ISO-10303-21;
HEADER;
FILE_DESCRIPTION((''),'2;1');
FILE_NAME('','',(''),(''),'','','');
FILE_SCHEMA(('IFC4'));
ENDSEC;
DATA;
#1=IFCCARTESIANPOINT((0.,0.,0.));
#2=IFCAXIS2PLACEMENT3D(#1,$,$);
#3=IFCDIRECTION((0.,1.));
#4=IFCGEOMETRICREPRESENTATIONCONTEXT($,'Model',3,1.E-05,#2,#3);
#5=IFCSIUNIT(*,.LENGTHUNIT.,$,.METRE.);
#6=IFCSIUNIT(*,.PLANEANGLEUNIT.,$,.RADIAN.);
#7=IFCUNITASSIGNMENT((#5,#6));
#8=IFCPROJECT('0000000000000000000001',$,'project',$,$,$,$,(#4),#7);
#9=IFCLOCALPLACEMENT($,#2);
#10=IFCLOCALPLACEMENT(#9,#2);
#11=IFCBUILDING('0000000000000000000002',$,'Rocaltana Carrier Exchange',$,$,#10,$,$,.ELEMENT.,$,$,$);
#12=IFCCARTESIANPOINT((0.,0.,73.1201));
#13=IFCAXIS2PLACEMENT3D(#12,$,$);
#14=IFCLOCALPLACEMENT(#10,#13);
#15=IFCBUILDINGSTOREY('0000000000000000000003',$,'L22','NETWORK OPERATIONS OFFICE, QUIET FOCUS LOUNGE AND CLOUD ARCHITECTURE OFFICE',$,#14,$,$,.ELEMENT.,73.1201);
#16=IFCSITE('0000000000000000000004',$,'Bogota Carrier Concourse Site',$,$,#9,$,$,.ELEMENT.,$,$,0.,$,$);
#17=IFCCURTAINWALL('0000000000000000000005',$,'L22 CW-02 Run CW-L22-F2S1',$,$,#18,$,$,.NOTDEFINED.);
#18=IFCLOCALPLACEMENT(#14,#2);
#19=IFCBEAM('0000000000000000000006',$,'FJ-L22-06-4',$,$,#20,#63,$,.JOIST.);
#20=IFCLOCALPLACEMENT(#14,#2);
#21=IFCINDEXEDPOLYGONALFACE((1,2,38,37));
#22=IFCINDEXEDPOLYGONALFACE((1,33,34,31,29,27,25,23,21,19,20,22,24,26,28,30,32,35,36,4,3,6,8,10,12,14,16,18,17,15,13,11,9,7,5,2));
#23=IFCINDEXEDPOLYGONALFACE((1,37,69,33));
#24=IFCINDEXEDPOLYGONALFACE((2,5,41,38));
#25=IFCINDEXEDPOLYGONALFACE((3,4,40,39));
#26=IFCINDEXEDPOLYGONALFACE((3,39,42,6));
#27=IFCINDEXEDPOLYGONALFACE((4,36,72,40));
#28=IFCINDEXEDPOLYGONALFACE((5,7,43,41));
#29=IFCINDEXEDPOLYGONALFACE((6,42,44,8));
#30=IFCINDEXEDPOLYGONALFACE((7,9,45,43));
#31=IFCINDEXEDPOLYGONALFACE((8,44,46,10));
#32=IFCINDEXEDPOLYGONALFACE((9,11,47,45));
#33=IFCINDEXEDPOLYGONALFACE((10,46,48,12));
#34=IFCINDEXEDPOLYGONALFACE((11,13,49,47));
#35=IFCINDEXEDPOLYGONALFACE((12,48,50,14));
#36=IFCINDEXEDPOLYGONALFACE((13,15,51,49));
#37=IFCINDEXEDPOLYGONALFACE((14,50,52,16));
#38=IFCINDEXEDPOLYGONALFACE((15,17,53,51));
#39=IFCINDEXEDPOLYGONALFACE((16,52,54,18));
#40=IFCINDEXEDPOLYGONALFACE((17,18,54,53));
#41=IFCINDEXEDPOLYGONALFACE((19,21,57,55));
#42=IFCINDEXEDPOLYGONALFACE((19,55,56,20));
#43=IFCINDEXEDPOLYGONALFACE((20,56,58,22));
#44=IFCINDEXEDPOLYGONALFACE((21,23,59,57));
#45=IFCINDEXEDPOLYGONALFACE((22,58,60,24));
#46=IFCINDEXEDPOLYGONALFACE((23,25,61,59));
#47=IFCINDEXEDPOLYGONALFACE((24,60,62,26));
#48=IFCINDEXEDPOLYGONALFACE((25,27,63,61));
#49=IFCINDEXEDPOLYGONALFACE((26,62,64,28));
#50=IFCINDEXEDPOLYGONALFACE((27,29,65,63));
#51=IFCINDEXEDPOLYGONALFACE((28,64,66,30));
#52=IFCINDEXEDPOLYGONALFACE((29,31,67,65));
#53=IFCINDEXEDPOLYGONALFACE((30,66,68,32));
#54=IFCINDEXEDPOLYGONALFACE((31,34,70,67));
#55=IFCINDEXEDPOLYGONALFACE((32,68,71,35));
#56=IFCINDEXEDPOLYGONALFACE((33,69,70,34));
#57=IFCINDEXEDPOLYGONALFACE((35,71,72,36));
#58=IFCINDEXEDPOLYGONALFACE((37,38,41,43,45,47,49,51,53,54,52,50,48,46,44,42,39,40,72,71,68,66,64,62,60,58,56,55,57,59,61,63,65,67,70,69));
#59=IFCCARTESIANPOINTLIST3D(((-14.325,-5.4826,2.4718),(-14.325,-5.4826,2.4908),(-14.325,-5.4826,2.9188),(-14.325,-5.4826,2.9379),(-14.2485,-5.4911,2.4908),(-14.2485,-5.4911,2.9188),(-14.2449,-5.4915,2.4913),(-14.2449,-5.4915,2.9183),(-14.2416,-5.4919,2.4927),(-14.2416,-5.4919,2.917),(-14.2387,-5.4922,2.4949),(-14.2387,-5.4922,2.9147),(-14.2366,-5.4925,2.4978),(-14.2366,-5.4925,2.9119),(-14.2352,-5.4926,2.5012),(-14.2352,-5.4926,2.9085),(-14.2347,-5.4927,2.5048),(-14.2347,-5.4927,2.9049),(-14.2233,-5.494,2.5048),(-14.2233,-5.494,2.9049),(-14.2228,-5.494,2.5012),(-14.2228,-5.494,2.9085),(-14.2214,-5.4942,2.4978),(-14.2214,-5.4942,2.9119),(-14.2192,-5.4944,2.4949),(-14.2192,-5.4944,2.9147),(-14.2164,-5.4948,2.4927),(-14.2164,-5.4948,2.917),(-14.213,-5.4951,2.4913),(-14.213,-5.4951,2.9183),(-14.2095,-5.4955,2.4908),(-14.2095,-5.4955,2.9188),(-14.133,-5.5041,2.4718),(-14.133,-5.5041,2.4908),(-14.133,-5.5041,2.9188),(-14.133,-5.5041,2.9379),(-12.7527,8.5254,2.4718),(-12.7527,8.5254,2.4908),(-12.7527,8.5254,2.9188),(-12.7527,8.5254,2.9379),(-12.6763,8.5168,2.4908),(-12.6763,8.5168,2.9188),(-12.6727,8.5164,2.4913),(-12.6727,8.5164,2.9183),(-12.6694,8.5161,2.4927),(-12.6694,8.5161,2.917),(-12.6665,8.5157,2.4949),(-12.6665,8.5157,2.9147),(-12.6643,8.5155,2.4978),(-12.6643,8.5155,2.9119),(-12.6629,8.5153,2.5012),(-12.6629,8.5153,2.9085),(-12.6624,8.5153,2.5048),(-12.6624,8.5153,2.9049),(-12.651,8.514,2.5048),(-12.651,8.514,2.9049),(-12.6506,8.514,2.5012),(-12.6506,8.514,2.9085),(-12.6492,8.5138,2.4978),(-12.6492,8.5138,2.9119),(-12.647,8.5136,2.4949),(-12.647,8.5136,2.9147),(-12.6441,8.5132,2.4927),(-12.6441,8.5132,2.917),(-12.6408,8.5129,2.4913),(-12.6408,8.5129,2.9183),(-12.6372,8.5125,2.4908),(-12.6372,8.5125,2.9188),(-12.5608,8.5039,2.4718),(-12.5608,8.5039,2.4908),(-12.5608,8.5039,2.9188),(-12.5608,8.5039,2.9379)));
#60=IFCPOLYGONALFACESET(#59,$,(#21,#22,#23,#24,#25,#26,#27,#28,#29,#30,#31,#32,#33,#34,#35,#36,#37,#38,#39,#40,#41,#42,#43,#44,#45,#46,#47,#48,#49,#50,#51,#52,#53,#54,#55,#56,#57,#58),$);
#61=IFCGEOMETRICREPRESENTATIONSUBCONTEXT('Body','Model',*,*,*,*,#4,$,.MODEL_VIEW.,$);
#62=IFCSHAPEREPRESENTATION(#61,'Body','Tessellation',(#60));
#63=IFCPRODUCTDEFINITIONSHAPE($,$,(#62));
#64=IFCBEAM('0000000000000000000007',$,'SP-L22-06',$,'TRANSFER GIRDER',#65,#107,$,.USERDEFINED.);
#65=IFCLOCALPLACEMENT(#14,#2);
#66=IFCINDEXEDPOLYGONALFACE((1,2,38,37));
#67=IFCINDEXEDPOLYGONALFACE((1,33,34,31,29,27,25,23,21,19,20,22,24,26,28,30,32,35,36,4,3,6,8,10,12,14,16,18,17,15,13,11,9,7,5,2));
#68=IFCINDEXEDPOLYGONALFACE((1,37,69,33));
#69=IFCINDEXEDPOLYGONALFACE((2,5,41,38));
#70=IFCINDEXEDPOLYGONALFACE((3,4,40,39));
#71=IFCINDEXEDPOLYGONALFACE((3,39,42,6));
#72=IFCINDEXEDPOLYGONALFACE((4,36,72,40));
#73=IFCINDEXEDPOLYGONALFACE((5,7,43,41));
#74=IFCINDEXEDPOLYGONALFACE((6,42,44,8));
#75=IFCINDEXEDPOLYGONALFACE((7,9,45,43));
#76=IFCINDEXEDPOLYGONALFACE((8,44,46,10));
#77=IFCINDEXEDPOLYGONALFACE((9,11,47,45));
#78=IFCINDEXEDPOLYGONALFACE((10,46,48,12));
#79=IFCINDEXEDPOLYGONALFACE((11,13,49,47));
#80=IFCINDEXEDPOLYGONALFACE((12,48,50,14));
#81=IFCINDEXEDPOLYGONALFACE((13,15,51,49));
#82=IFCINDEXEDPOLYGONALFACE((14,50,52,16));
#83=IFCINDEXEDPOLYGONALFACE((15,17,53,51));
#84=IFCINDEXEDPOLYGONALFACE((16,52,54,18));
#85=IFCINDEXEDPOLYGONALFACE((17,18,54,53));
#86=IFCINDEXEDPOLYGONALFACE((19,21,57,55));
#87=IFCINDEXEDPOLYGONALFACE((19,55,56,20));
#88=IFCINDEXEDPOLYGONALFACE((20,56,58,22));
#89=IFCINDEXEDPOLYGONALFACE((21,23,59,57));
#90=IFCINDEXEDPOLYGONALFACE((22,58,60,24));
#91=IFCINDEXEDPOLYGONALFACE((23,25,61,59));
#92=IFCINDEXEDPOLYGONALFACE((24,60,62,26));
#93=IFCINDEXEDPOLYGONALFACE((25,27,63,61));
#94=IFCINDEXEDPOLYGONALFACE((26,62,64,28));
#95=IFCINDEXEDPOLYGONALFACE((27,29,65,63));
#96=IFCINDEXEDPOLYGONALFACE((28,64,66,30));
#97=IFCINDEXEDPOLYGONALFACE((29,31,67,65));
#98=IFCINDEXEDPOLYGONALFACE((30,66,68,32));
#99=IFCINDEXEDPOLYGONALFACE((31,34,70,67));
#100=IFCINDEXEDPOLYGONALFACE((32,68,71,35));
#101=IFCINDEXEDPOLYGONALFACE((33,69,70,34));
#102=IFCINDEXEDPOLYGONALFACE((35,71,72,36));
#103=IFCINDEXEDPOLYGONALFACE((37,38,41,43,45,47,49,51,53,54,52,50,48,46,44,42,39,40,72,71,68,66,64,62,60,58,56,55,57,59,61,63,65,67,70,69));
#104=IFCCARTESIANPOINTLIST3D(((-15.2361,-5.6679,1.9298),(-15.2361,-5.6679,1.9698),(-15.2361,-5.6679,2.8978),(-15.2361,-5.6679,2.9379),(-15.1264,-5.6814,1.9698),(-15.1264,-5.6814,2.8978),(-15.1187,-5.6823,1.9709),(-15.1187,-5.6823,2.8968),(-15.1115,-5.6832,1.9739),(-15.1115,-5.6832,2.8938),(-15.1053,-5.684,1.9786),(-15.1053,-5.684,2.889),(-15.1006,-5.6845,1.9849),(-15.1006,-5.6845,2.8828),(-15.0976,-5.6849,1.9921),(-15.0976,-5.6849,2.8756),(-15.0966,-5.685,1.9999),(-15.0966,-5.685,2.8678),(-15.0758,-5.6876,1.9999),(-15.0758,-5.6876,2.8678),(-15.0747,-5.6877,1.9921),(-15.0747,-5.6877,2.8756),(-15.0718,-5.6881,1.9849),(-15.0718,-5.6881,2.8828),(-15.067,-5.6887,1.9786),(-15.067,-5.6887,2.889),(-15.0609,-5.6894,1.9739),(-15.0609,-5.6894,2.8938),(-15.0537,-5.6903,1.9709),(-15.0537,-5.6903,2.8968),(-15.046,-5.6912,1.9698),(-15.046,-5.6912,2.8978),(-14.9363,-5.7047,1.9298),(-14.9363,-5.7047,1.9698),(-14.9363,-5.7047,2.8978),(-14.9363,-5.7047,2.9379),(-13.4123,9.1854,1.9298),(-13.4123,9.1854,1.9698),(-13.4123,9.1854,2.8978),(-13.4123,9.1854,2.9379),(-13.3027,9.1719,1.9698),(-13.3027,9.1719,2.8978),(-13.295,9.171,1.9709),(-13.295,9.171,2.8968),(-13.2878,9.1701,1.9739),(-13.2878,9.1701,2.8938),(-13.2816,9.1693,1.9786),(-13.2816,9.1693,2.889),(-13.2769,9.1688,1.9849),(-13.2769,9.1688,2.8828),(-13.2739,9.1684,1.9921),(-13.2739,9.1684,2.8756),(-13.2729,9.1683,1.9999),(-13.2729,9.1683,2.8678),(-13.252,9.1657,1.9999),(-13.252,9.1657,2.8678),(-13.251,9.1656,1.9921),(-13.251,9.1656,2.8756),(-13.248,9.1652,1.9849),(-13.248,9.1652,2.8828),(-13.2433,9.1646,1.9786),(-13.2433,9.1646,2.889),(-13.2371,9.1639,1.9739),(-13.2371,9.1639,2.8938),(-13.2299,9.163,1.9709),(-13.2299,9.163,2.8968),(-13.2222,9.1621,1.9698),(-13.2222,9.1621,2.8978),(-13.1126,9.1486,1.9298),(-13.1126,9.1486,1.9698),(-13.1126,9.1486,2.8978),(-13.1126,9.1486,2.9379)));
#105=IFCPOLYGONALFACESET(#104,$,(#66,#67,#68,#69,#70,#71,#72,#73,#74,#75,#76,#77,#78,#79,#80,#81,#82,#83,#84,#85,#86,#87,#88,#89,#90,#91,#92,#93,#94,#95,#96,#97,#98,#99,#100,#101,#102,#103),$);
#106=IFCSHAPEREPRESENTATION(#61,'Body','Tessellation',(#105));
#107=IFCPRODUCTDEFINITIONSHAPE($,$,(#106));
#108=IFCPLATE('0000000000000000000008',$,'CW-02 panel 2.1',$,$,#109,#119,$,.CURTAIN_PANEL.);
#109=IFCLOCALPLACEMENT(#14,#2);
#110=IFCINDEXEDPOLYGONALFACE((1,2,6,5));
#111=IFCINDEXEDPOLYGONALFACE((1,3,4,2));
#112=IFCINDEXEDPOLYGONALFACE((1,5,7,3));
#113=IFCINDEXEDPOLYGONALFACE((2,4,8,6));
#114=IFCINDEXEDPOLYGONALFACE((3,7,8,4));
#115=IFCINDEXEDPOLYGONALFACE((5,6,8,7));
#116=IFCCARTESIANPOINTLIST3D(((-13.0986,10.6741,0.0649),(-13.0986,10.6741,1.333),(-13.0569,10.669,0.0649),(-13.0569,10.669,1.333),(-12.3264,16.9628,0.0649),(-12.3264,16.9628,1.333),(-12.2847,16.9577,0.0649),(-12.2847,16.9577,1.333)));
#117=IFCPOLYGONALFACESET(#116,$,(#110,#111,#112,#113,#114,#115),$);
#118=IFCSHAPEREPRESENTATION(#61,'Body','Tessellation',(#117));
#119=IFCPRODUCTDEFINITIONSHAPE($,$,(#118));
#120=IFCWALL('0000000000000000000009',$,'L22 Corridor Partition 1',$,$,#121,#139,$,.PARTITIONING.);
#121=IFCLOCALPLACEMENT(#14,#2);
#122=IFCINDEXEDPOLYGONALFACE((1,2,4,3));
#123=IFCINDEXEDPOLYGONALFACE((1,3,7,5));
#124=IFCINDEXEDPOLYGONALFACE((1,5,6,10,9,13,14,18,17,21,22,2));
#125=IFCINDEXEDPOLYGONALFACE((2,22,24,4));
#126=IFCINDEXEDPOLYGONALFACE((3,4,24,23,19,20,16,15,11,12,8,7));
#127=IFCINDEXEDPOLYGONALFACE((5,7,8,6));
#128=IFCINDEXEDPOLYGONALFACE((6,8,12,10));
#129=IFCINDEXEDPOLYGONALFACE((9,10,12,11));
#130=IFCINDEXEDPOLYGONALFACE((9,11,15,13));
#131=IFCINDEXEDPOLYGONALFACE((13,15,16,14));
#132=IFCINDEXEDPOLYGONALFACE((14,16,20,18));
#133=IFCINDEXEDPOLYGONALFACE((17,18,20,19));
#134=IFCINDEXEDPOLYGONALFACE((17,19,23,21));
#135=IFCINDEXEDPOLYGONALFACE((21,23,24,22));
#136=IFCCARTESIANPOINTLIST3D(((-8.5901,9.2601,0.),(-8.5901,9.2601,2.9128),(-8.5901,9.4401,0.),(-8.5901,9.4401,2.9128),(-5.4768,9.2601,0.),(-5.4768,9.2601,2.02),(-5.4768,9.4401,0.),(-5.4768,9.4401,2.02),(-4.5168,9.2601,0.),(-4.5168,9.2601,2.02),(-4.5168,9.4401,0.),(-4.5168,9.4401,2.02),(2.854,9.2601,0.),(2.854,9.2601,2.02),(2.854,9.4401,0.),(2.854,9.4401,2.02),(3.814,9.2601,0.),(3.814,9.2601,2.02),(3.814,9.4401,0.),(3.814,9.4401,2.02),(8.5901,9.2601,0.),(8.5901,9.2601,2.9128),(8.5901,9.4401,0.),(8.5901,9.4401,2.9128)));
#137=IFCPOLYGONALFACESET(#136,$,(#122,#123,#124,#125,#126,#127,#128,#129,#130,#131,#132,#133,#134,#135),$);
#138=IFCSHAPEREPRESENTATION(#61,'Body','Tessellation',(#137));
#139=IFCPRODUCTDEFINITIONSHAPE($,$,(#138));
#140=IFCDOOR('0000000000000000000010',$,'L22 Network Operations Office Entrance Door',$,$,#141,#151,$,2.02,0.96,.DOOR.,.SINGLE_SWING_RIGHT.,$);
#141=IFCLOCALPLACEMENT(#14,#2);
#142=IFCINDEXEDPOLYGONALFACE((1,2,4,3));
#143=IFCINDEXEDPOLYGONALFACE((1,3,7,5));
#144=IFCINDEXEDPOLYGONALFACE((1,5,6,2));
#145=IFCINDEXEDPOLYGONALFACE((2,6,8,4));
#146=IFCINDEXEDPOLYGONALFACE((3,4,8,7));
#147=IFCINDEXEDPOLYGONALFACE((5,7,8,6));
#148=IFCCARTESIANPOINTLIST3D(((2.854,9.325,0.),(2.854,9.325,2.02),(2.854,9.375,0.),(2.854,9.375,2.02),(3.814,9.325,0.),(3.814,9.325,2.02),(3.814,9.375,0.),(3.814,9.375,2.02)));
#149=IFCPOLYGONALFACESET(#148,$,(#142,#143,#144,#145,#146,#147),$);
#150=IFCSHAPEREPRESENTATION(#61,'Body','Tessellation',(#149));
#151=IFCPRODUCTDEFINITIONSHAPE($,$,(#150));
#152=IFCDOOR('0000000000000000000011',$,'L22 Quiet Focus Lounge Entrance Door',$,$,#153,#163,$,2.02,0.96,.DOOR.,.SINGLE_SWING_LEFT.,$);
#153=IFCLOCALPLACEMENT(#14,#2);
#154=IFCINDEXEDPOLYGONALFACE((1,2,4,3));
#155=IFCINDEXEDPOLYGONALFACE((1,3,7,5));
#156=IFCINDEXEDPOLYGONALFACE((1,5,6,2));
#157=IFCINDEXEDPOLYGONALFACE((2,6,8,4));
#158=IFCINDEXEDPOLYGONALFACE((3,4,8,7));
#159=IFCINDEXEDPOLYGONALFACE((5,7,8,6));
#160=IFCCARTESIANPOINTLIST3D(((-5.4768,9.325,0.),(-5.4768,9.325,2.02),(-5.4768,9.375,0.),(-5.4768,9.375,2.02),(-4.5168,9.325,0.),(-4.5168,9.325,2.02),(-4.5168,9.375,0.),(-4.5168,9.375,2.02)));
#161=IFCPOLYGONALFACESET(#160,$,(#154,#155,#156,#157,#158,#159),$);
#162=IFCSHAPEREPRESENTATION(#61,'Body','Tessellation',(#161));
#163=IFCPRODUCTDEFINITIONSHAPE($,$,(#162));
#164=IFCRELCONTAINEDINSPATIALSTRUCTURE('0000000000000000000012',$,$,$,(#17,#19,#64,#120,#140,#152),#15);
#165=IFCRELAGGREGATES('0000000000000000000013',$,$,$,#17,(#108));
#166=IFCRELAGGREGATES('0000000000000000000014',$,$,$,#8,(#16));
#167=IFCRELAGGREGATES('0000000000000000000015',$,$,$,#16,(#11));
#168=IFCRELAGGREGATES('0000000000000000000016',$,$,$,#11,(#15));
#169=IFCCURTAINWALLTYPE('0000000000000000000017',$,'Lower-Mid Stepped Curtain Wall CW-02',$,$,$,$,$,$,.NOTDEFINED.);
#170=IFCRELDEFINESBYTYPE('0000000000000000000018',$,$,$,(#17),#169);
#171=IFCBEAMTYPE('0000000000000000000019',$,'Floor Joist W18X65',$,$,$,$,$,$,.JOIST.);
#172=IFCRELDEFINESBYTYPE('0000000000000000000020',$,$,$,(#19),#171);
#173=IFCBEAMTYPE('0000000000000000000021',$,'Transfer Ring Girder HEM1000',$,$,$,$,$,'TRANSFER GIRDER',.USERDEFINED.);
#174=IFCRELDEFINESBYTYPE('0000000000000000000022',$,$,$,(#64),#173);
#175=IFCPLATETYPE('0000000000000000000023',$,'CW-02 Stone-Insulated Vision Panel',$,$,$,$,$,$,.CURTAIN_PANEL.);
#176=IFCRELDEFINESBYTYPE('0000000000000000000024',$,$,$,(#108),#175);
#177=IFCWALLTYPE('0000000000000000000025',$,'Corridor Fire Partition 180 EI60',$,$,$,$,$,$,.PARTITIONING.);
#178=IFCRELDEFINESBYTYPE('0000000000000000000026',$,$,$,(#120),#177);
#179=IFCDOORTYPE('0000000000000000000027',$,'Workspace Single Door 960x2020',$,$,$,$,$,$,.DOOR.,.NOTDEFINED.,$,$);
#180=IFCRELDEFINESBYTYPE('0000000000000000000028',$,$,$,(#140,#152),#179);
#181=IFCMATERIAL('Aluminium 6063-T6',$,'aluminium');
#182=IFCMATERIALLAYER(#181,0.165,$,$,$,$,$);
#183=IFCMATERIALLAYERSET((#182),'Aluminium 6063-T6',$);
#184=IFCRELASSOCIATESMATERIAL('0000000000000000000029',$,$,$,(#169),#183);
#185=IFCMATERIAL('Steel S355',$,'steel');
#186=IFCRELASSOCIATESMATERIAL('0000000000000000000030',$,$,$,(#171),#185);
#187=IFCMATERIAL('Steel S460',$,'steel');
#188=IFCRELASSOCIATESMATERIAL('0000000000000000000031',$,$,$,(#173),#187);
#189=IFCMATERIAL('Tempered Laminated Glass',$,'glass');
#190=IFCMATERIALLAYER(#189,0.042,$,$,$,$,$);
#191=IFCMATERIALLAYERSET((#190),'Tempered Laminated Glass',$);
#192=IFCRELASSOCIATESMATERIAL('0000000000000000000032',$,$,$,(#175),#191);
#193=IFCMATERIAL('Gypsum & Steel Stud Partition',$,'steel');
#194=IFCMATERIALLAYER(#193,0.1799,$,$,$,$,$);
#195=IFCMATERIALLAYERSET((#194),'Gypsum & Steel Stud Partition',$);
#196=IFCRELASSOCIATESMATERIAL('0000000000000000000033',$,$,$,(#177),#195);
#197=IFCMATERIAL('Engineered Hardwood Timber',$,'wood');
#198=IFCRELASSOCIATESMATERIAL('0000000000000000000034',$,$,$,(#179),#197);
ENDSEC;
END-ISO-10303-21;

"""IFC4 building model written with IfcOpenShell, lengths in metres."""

from ifc_helpers import new_model, si_unit, direction, frame, frame_2d, origin, origin_2d, place, context, subcontext, project, spatial, rectangle, i_section, extrude, material, layer, layer_set, material_profile, profile_set, type_object, element, fill, aggregate, save


model = new_model("IFC4")

# Units and contexts
model_context = context("Model", 3, precision=1e-05, world=origin(), true_north=direction((0.0, 1.0)))
body_context = subcontext(model_context, "Body", "Model", "MODEL_VIEW")
ifc_project = project(units=[si_unit("LENGTHUNIT", "METRE"), si_unit("PLANEANGLEUNIT", "RADIAN")], contexts=[model_context])

# Site, building, storey
site_placement = place(None, origin())
site = spatial("IfcSite", under=ifc_project, at=site_placement, Name="Bogota Carrier Concourse Site", CompositionType="ELEMENT", RefElevation=0.0)
building_placement = place(site_placement, origin())
building = spatial("IfcBuilding", under=site, at=building_placement, Name="Rocaltana Carrier Exchange", CompositionType="ELEMENT")
storey_placement = place(building_placement, frame((0.0, 0.0, 73.1201)))
storey = spatial("IfcBuildingStorey", under=building, at=storey_placement, Name="L22", Description="NETWORK OPERATIONS OFFICE, QUIET FOCUS LOUNGE AND CLOUD ARCHITECTURE OFFICE", CompositionType="ELEMENT", Elevation=73.1201)

# Curtain wall
ifc_material_1 = material(Name="Aluminium 6063-T6", Category="aluminium")
ifc_layer_1 = layer(ifc_material_1, 0.165)
ifc_layer_set_1 = layer_set([ifc_layer_1], Name="Aluminium 6063-T6")
curtain_wall_type = type_object("IfcCurtainWallType", Name="Lower-Mid Stepped Curtain Wall CW-02", PredefinedType="NOTDEFINED", material=ifc_layer_set_1)
curtain_wall_1_placement = place(storey_placement, origin())
curtain_wall_1 = element("IfcCurtainWall", 1, at=curtain_wall_1_placement, inside=storey, type_object=curtain_wall_type, Name="L22 CW-02 Run CW-L22-F2S1", PredefinedType="NOTDEFINED")

# Beams
ifc_material_2 = material(Name="Steel S355", Category="steel")
ifc_material_profile_1 = material_profile(ifc_material_2, i_section(OverallWidth=0.1931, OverallDepth=0.4661, WebThickness=0.0115, FlangeThickness=0.019, FilletRadius=0.0139, at=origin_2d()), Name="W18X65")
ifc_profile_set_1 = profile_set([ifc_material_profile_1], Name="Steel S355")
beam_type_1 = type_object("IfcBeamType", Name="Floor Joist W18X65", PredefinedType="JOIST", material=ifc_profile_set_1)
beam_1_placement = place(storey_placement, frame((-12.6567, 8.5146, 2.7048), z_axis=(-0.11154, -0.99376, 0.0), x_axis=(0.99376, -0.11154, 0.0)))
element("IfcBeam", 2, at=beam_1_placement, inside=storey, type_object=beam_type_1, Name="FJ-L22-06-4", PredefinedType="JOIST", context=body_context, shape_type="SweptSolid", body=[
    extrude(i_section(OverallWidth=0.1931, OverallDepth=0.4661, WebThickness=0.0115, FlangeThickness=0.019, FilletRadius=0.0139, at=origin_2d()), origin(), (0.0, 0.0, 1.0), 14.0959),
])
ifc_material_3 = material(Name="Steel S460", Category="steel")
ifc_material_profile_2 = material_profile(ifc_material_3, i_section(OverallWidth=0.302, OverallDepth=1.0081, WebThickness=0.021, FlangeThickness=0.04, FilletRadius=0.03, at=origin_2d()), Name="HEM1000")
ifc_profile_set_2 = profile_set([ifc_material_profile_2], Name="Steel S460")
beam_type_2 = type_object("IfcBeamType", Name="Transfer Ring Girder HEM1000", ElementType="TRANSFER GIRDER", PredefinedType="USERDEFINED", material=ifc_profile_set_2)
beam_2_placement = place(storey_placement, frame((-13.2625, 9.167, 2.4338), z_axis=(-0.121868, -0.992546, 0.0), x_axis=(0.992546, -0.121868, 0.0)))
element("IfcBeam", 3, at=beam_2_placement, inside=storey, type_object=beam_type_2, Name="SP-L22-06", ObjectType="TRANSFER GIRDER", PredefinedType="USERDEFINED", context=body_context, shape_type="SweptSolid", body=[
    extrude(i_section(OverallWidth=0.302, OverallDepth=1.0081, WebThickness=0.021, FlangeThickness=0.04, FilletRadius=0.03, at=origin_2d()), origin(), (0.0, 0.0, 1.0), 14.9648),
])

# Plate
ifc_material_4 = material(Name="Tempered Laminated Glass", Category="glass")
ifc_layer_2 = layer(ifc_material_4, 0.042)
ifc_layer_set_2 = layer_set([ifc_layer_2], Name="Tempered Laminated Glass")
plate_type = type_object("IfcPlateType", Name="CW-02 Stone-Insulated Vision Panel", PredefinedType="CURTAIN_PANEL", material=ifc_layer_set_2)
plate_placement = place(storey_placement, frame((-12.6917, 13.8159, 0.0649), z_axis=(0.0, 0.0, 1.0), x_axis=(-0.121873, -0.992546, 0.0)))
plate = element("IfcPlate", 4, at=plate_placement, type_object=plate_type, Name="CW-02 panel 2.1", PredefinedType="CURTAIN_PANEL", context=body_context, shape_type="SweptSolid", body=[
    extrude(rectangle(XDim=6.3359, YDim=0.042, at=origin_2d()), origin(), (0.0, 0.0, 1.0), 1.2681),
])
aggregate(curtain_wall_1, [plate])

# Wall, openings, doors
ifc_material_5 = material(Name="Gypsum & Steel Stud Partition", Category="steel")
ifc_layer_3 = layer(ifc_material_5, 0.1799)
ifc_layer_set_3 = layer_set([ifc_layer_3], Name="Gypsum & Steel Stud Partition")
wall_type_1 = type_object("IfcWallType", Name="Corridor Fire Partition 180 EI60", PredefinedType="PARTITIONING", material=ifc_layer_set_3)
wall_1_placement = place(storey_placement, frame((-8.5901, 9.3501, 0.0), z_axis=(0.0, 0.0, 1.0), x_axis=(1.0, 0.0, 0.0)))
wall_1 = element("IfcWall", 5, at=wall_1_placement, inside=storey, type_object=wall_type_1, Name="L22 Corridor Partition 1", PredefinedType="PARTITIONING", context=body_context, shape_type="SweptSolid", body=[
    extrude(rectangle(XDim=17.1802, YDim=0.1799, at=frame_2d((8.5901, 0.0))), origin(), (0.0, 0.0, 1.0), 2.9128),
])
opening_1_placement = place(wall_1_placement, frame((11.4441, 0.0, 0.0)))
opening_1 = element("IfcOpeningElement", 6, at=opening_1_placement, cuts=wall_1, PredefinedType="OPENING", context=body_context, shape_type="SweptSolid", body=[
    extrude(rectangle(XDim=0.96, YDim=2.02, at=frame_2d((0.48, 1.01))), frame((0.0, 0.0999, 0.0), z_axis=(0.0, -1.0, 0.0), x_axis=(1.0, 0.0, 0.0)), (0.0, 0.0, 1.0), 0.2),
])
opening_2_placement = place(wall_1_placement, frame((3.1133, 0.0, 0.0)))
opening_2 = element("IfcOpeningElement", 7, at=opening_2_placement, cuts=wall_1, PredefinedType="OPENING", context=body_context, shape_type="SweptSolid", body=[
    extrude(rectangle(XDim=0.96, YDim=2.02, at=frame_2d((0.48, 1.01))), frame((0.0, 0.0999, 0.0), z_axis=(0.0, -1.0, 0.0), x_axis=(1.0, 0.0, 0.0)), (0.0, 0.0, 1.0), 0.2),
])
ifc_material_6 = material(Name="Engineered Hardwood Timber", Category="wood")
door_type_1 = type_object("IfcDoorType", Name="Workspace Single Door 960x2020", OperationType="NOTDEFINED", PredefinedType="DOOR", material=ifc_material_6)
door_1_placement = place(opening_1_placement, origin())
door_1 = element("IfcDoor", 8, at=door_1_placement, inside=storey, type_object=door_type_1, Name="L22 Network Operations Office Entrance Door", OperationType="SINGLE_SWING_RIGHT", OverallHeight=2.02, OverallWidth=0.96, PredefinedType="DOOR", context=body_context, shape_type="SweptSolid", body=[
    extrude(rectangle(XDim=0.96, YDim=2.02, at=frame_2d((0.48, 1.01))), frame((0.0, 0.0249, 0.0), z_axis=(0.0, -1.0, 0.0), x_axis=(1.0, 0.0, 0.0)), (0.0, 0.0, 1.0), 0.05),
])
fill(opening_1, door_1)
door_2_placement = place(opening_2_placement, origin())
door_2 = element("IfcDoor", 9, at=door_2_placement, inside=storey, type_object=door_type_1, Name="L22 Quiet Focus Lounge Entrance Door", OperationType="SINGLE_SWING_LEFT", OverallHeight=2.02, OverallWidth=0.96, PredefinedType="DOOR", context=body_context, shape_type="SweptSolid", body=[
    extrude(rectangle(XDim=0.96, YDim=2.02, at=frame_2d((0.48, 1.01))), frame((0.0, 0.0249, 0.0), z_axis=(0.0, -1.0, 0.0), x_axis=(1.0, 0.0, 0.0)), (0.0, 0.0, 1.0), 0.05),
])
fill(opening_2, door_2)

save(model, "model.ifc")
